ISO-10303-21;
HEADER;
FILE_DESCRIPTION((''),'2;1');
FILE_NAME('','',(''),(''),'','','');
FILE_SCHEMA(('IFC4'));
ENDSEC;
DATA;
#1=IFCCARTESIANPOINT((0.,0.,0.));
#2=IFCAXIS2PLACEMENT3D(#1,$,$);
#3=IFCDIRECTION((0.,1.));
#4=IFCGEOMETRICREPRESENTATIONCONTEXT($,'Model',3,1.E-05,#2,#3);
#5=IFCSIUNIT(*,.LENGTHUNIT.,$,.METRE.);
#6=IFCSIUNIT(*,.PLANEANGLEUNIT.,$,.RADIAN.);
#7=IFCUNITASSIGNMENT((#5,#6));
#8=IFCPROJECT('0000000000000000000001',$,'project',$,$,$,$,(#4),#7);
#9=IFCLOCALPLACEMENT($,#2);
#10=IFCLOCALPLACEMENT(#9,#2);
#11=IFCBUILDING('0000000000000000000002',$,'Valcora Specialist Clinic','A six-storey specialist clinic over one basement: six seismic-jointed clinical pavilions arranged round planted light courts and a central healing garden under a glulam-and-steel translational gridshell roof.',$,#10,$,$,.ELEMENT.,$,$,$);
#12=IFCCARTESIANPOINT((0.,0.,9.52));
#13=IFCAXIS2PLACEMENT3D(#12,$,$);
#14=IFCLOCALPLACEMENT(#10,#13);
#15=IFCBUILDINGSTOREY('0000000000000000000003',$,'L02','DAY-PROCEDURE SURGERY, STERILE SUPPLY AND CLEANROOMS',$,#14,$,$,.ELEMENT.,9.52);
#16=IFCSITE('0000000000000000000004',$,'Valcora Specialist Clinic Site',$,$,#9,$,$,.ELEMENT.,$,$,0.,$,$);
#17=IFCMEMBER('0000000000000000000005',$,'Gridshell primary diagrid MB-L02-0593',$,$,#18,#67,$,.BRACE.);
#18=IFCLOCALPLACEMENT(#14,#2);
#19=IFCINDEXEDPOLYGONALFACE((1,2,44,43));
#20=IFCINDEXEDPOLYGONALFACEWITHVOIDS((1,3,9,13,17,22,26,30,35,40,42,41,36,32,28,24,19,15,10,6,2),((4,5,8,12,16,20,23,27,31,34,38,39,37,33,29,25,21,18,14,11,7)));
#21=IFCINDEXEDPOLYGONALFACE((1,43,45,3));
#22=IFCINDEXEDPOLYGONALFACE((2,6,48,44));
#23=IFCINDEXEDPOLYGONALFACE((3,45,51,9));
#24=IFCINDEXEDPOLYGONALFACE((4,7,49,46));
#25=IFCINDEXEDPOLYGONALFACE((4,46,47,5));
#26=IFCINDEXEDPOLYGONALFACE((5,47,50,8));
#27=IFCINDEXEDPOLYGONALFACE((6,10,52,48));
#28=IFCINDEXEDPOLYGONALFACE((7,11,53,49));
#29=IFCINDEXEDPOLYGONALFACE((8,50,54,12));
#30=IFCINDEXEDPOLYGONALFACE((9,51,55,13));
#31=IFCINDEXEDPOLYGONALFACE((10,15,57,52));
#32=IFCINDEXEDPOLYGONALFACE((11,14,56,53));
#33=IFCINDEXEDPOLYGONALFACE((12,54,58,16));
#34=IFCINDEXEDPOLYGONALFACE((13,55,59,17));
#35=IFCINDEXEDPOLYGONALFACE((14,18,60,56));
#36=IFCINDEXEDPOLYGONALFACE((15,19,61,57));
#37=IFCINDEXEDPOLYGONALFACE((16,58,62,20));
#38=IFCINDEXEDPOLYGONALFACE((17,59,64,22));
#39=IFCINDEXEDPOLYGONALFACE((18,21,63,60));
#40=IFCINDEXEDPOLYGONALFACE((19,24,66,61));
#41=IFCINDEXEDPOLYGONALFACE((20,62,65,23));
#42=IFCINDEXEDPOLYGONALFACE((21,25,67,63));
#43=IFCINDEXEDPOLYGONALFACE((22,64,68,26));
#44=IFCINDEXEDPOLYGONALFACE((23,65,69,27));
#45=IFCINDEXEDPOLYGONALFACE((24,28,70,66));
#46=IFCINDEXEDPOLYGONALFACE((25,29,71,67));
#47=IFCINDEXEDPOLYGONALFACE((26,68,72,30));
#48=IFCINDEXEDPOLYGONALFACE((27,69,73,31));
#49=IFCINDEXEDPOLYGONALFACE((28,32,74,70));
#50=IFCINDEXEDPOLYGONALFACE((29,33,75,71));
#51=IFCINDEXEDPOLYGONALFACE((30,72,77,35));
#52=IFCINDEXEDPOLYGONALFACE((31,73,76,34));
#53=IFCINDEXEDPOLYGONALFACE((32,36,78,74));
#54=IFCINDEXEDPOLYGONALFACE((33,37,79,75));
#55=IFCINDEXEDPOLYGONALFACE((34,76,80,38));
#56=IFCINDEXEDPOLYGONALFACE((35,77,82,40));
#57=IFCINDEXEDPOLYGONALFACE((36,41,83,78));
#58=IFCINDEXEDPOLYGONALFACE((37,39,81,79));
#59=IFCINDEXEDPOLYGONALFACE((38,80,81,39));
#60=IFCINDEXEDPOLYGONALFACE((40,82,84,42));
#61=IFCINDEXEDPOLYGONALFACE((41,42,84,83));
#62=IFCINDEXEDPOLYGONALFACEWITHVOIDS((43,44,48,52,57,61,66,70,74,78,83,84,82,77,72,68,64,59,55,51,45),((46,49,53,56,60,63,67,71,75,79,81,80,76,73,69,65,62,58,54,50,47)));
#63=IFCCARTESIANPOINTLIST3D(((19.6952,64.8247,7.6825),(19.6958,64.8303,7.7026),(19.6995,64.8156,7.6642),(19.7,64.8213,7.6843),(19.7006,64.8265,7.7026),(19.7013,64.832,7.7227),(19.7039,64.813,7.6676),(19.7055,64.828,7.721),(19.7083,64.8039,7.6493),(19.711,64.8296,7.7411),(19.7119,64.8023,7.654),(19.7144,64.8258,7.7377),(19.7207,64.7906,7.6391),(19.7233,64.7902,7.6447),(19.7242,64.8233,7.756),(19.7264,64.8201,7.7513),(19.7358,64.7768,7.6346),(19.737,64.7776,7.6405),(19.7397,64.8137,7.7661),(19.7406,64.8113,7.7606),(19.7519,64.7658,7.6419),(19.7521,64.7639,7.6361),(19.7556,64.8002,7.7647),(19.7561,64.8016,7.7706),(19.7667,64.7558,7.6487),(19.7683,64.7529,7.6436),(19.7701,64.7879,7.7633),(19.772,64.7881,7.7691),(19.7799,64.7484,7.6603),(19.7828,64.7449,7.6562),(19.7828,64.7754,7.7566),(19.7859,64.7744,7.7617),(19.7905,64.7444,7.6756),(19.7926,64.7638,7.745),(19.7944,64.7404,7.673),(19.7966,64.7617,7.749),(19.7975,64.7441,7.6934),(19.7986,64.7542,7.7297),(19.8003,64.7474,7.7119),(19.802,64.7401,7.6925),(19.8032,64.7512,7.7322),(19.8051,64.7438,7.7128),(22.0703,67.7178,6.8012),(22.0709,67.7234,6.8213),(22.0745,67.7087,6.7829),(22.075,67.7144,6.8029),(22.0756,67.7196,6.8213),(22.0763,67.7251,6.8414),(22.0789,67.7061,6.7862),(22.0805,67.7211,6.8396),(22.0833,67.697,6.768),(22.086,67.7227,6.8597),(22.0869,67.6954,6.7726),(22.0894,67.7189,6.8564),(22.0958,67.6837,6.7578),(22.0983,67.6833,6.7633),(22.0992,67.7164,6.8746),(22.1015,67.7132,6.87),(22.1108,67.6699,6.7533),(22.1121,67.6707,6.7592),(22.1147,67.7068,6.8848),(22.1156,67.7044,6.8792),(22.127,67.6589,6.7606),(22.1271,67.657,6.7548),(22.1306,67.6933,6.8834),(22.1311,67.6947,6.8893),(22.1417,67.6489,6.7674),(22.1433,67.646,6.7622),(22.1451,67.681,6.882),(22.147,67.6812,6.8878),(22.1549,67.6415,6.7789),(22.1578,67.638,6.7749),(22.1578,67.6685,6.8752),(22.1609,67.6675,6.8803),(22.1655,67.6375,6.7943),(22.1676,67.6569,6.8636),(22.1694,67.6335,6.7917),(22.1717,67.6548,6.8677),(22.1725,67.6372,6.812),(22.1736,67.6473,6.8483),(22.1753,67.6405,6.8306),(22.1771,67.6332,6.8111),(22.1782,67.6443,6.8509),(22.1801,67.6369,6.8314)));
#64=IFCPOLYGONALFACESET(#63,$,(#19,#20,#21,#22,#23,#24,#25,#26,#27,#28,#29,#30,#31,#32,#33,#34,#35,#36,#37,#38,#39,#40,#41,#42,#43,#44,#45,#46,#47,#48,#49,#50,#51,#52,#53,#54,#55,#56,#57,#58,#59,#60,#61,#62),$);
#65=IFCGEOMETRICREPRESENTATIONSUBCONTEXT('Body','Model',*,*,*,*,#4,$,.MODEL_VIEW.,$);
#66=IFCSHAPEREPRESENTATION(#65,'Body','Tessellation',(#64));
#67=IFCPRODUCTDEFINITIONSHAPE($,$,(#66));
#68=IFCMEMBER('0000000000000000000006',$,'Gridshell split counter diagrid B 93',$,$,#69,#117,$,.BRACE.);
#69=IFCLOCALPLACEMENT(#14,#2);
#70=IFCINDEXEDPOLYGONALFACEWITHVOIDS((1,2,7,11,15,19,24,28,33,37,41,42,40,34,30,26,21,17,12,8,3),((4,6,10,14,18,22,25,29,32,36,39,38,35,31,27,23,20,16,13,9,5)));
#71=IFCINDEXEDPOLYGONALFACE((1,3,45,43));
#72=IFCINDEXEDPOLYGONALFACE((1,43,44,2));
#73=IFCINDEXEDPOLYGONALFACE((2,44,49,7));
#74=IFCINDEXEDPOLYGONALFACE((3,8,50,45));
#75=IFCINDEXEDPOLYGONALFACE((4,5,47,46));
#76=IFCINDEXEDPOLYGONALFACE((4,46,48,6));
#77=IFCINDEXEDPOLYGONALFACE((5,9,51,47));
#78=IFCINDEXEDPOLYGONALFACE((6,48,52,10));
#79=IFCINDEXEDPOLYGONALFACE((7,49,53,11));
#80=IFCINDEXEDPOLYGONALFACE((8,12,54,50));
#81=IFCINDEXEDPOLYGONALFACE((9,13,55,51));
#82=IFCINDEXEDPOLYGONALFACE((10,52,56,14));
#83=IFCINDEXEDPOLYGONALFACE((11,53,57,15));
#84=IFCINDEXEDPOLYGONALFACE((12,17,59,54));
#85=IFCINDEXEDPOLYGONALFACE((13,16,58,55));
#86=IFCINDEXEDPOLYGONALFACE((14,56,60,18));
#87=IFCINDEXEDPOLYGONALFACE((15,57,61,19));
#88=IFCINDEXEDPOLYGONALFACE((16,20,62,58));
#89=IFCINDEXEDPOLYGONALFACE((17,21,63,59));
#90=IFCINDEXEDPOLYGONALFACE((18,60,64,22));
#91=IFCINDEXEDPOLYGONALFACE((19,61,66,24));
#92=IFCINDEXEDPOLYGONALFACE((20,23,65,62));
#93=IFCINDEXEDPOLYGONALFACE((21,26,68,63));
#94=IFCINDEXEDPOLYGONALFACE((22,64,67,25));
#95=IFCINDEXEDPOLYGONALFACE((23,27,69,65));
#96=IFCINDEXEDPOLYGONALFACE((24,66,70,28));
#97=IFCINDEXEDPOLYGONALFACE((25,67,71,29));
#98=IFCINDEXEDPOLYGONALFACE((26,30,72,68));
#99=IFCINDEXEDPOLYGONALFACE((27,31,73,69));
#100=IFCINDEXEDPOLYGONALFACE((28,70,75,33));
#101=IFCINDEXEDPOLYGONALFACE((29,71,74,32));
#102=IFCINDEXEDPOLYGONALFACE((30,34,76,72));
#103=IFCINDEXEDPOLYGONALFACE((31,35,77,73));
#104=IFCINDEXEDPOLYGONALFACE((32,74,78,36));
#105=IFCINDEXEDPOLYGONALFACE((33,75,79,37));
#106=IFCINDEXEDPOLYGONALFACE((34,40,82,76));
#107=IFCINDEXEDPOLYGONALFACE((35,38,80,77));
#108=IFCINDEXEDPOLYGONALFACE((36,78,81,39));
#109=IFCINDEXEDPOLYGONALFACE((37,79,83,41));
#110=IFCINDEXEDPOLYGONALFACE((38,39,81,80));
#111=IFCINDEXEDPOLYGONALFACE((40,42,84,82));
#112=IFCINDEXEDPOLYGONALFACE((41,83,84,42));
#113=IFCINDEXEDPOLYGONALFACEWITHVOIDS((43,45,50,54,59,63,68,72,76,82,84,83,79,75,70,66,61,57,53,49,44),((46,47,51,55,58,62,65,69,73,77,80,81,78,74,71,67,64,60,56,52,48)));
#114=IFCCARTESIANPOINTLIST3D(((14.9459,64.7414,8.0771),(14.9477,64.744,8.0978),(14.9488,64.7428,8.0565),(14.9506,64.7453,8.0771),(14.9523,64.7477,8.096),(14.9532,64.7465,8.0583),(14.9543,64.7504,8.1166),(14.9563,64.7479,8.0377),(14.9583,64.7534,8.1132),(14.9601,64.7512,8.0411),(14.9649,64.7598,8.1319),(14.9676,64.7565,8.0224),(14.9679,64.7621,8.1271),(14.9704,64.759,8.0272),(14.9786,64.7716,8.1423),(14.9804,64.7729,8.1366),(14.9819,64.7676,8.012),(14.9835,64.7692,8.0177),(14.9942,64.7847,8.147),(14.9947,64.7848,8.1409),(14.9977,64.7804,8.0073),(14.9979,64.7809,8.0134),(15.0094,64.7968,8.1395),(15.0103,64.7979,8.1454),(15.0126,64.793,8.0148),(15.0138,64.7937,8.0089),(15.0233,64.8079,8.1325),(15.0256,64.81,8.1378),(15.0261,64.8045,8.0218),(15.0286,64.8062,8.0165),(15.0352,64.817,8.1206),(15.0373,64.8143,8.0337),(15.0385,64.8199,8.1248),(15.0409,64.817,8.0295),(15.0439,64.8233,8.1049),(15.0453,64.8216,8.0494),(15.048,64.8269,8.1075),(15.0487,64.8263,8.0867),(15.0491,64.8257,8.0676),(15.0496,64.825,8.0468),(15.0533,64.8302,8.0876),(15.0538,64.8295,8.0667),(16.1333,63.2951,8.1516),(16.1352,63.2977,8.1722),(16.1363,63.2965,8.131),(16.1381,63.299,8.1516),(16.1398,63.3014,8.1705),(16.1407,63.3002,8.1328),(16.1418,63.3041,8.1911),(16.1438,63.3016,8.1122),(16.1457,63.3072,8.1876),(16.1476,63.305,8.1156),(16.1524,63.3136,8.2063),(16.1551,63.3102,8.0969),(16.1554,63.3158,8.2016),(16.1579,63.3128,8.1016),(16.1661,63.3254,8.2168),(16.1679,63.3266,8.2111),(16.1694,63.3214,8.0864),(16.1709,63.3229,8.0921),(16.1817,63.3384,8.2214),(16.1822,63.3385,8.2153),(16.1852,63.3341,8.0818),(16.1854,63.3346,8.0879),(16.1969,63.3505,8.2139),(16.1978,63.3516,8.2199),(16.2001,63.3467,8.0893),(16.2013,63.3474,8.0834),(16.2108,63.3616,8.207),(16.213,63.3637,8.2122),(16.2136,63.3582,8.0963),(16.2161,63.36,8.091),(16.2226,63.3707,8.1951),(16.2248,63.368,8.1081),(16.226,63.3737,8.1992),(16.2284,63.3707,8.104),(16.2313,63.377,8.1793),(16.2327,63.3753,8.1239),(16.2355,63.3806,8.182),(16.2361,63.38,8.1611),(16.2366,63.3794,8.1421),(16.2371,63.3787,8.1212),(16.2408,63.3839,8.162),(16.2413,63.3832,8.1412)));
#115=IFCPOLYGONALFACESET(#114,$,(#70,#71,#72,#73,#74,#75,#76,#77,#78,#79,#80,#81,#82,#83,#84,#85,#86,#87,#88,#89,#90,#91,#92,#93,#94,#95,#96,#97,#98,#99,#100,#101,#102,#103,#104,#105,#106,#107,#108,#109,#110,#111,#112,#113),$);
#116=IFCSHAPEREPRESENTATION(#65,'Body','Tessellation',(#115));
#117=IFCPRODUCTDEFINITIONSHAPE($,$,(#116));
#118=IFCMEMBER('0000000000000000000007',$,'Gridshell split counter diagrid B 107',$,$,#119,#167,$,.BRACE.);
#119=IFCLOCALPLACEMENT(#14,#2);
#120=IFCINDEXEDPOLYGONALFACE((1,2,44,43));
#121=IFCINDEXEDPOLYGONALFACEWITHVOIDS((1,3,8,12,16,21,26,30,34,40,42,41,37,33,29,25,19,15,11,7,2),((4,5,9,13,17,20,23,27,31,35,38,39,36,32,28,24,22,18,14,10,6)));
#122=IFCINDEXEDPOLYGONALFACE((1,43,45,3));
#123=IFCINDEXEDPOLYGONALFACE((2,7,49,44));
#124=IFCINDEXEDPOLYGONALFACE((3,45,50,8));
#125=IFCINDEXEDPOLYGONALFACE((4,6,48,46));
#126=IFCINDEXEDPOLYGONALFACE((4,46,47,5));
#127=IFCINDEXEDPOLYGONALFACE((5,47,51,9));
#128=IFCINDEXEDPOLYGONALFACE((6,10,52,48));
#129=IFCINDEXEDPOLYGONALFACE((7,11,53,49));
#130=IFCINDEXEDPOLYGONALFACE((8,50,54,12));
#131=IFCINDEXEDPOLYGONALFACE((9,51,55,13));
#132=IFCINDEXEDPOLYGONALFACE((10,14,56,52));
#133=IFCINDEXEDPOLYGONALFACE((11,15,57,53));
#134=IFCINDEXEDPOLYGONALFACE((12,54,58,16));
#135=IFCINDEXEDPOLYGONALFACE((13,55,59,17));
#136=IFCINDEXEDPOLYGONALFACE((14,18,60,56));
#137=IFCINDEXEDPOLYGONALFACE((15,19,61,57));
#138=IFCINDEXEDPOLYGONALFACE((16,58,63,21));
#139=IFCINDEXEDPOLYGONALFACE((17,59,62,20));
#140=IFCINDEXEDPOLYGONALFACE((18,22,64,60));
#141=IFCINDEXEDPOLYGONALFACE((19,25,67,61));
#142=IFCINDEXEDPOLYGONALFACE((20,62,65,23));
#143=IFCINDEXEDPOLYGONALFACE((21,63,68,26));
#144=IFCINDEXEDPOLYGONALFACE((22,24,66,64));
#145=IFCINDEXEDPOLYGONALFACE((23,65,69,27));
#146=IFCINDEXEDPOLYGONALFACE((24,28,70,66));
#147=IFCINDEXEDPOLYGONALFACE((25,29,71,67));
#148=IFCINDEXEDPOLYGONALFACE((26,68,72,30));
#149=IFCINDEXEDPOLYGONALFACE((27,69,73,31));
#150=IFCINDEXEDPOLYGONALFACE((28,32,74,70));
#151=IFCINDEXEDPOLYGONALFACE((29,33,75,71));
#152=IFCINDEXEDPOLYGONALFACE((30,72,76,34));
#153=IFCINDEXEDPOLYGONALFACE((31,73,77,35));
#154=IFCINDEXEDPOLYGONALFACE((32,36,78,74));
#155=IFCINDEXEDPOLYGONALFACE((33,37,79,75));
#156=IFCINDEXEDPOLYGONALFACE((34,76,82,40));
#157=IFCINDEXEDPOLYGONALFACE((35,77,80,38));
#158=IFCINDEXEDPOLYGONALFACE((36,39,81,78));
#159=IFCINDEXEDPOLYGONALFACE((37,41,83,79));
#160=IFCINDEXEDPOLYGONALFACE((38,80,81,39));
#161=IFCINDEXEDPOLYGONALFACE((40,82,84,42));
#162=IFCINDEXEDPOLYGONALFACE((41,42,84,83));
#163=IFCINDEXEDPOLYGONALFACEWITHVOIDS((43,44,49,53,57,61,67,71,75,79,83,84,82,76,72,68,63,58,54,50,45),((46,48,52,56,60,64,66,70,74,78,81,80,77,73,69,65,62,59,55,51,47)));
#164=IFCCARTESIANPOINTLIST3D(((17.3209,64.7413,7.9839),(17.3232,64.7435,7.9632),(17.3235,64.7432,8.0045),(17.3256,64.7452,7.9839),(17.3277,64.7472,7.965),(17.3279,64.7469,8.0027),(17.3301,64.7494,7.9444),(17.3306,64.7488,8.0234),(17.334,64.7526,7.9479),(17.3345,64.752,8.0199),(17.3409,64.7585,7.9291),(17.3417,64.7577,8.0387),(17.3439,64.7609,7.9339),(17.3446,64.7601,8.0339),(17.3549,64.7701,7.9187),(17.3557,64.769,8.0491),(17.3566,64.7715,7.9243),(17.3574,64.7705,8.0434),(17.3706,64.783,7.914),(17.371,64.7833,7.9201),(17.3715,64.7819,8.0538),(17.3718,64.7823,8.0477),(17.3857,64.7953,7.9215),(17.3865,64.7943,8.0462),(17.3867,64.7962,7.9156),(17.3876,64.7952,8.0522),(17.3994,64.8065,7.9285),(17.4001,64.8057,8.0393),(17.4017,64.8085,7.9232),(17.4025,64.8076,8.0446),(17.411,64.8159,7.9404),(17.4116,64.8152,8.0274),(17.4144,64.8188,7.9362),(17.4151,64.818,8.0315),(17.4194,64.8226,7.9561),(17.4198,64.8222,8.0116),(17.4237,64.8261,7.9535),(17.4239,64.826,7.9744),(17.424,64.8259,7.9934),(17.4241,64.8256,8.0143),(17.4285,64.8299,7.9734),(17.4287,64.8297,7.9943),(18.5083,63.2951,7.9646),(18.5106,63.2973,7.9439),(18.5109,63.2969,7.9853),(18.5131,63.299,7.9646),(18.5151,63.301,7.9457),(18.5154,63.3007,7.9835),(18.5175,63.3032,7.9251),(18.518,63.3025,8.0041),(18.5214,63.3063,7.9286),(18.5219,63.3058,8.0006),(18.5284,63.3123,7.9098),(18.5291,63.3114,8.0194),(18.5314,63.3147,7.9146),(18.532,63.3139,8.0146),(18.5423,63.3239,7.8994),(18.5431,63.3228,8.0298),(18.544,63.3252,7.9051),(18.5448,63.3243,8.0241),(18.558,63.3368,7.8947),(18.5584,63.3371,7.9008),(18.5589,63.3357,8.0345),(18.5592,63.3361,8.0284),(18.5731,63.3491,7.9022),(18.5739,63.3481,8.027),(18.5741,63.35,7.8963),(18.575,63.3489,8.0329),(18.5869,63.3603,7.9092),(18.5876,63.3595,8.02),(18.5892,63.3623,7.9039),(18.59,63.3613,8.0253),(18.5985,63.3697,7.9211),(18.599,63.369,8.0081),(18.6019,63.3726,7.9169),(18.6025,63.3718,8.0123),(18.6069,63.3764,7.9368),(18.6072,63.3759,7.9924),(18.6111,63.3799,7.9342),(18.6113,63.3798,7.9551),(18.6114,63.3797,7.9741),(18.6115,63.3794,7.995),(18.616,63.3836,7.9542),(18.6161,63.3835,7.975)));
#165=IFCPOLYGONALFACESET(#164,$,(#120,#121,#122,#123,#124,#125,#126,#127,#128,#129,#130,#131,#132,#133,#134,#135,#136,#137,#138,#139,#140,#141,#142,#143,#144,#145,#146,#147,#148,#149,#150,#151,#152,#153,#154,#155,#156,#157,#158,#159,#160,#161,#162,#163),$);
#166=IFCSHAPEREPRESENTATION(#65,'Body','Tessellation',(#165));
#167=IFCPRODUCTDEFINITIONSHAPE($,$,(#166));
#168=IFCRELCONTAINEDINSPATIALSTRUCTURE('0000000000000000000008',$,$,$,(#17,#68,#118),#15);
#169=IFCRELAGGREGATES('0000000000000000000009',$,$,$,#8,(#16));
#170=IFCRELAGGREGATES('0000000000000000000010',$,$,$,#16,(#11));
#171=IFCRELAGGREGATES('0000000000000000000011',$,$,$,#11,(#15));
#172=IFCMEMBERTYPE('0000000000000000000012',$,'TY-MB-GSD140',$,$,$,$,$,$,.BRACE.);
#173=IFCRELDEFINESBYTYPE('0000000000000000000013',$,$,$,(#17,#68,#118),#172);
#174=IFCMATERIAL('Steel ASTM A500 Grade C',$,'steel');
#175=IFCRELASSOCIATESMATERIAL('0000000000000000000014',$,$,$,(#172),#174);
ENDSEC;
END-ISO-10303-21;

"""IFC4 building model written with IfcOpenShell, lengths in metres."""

from ifc_helpers import new_model, si_unit, direction, frame, origin, origin_2d, place, context, subcontext, project, spatial, hollow_circle, extrude, material, material_profile, profile_set, type_object, element, save


model = new_model("IFC4")

# Units and contexts
model_context = context("Model", 3, precision=1e-05, world=origin(), true_north=direction((0.0, 1.0)))
body_context = subcontext(model_context, "Body", "Model", "MODEL_VIEW")
ifc_project = project(units=[si_unit("LENGTHUNIT", "METRE"), si_unit("PLANEANGLEUNIT", "RADIAN")], contexts=[model_context])

# Site, building, storey
site_placement = place(None, origin())
site = spatial("IfcSite", under=ifc_project, at=site_placement, Name="Valcora Specialist Clinic Site", CompositionType="ELEMENT", RefElevation=0.0)
building_placement = place(site_placement, origin())
building = spatial("IfcBuilding", under=site, at=building_placement, Name="Valcora Specialist Clinic", Description="A six-storey specialist clinic over one basement: six seismic-jointed clinical pavilions arranged round planted light courts and a central healing garden under a glulam-and-steel translational gridshell roof.", CompositionType="ELEMENT")
storey_placement = place(building_placement, frame((0.0, 0.0, 9.52)))
storey = spatial("IfcBuildingStorey", under=building, at=storey_placement, Name="L02", Description="DAY-PROCEDURE SURGERY, STERILE SUPPLY AND CLEANROOMS", CompositionType="ELEMENT", Elevation=9.52)

# Members
ifc_material_1 = material(Name="Steel ASTM A500 Grade C", Category="steel")
ifc_material_profile_1 = material_profile(ifc_material_1, hollow_circle(Radius=0.0701, WallThickness=0.0061, at=origin_2d()), Name="ST-CHS-140X6")
ifc_profile_set_1 = profile_set([ifc_material_profile_1], Name="Steel ASTM A500 Grade C")
member_type_1 = type_object("IfcMemberType", Name="TY-MB-GSD140", PredefinedType="BRACE", material=ifc_profile_set_1)
member_1_placement = place(storey_placement, frame((19.75, 64.7859, 7.7026), z_axis=(0.617618, 0.752341, -0.229194), x_axis=(-0.772916, 0.634508, 0.0)))
element("IfcMember", 1, at=member_1_placement, inside=storey, type_object=member_type_1, Name="Gridshell primary diagrid MB-L02-0593", PredefinedType="BRACE", context=body_context, shape_type="SweptSolid", body=[
    extrude(hollow_circle(Radius=0.0701, WallThickness=0.0061, at=origin_2d()), origin(), (0.0, 0.0, 1.0), 3.8455),
])
member_2_placement = place(storey_placement, frame((16.1875, 63.3396, 8.1516), z_axis=(-0.634071, 0.772252, -0.03976), x_axis=(-0.772863, -0.634572, 0.0)))
element("IfcMember", 2, at=member_2_placement, inside=storey, type_object=member_type_1, Name="Gridshell split counter diagrid B 93", PredefinedType="BRACE", context=body_context, shape_type="SweptSolid", body=[
    extrude(hollow_circle(Radius=0.0701, WallThickness=0.0061, at=origin_2d()), origin(), (0.0, 0.0, 1.0), 1.8728),
])
member_3_placement = place(storey_placement, frame((18.5625, 63.3396, 7.9646), z_axis=(-0.634539, 0.772822, 0.010306), x_axis=(-0.772863, -0.634572, 0.0)))
element("IfcMember", 3, at=member_3_placement, inside=storey, type_object=member_type_1, Name="Gridshell split counter diagrid B 107", PredefinedType="BRACE", context=body_context, shape_type="SweptSolid", body=[
    extrude(hollow_circle(Radius=0.0701, WallThickness=0.0061, at=origin_2d()), origin(), (0.0, 0.0, 1.0), 1.8713),
])

save(model, "model.ifc")
